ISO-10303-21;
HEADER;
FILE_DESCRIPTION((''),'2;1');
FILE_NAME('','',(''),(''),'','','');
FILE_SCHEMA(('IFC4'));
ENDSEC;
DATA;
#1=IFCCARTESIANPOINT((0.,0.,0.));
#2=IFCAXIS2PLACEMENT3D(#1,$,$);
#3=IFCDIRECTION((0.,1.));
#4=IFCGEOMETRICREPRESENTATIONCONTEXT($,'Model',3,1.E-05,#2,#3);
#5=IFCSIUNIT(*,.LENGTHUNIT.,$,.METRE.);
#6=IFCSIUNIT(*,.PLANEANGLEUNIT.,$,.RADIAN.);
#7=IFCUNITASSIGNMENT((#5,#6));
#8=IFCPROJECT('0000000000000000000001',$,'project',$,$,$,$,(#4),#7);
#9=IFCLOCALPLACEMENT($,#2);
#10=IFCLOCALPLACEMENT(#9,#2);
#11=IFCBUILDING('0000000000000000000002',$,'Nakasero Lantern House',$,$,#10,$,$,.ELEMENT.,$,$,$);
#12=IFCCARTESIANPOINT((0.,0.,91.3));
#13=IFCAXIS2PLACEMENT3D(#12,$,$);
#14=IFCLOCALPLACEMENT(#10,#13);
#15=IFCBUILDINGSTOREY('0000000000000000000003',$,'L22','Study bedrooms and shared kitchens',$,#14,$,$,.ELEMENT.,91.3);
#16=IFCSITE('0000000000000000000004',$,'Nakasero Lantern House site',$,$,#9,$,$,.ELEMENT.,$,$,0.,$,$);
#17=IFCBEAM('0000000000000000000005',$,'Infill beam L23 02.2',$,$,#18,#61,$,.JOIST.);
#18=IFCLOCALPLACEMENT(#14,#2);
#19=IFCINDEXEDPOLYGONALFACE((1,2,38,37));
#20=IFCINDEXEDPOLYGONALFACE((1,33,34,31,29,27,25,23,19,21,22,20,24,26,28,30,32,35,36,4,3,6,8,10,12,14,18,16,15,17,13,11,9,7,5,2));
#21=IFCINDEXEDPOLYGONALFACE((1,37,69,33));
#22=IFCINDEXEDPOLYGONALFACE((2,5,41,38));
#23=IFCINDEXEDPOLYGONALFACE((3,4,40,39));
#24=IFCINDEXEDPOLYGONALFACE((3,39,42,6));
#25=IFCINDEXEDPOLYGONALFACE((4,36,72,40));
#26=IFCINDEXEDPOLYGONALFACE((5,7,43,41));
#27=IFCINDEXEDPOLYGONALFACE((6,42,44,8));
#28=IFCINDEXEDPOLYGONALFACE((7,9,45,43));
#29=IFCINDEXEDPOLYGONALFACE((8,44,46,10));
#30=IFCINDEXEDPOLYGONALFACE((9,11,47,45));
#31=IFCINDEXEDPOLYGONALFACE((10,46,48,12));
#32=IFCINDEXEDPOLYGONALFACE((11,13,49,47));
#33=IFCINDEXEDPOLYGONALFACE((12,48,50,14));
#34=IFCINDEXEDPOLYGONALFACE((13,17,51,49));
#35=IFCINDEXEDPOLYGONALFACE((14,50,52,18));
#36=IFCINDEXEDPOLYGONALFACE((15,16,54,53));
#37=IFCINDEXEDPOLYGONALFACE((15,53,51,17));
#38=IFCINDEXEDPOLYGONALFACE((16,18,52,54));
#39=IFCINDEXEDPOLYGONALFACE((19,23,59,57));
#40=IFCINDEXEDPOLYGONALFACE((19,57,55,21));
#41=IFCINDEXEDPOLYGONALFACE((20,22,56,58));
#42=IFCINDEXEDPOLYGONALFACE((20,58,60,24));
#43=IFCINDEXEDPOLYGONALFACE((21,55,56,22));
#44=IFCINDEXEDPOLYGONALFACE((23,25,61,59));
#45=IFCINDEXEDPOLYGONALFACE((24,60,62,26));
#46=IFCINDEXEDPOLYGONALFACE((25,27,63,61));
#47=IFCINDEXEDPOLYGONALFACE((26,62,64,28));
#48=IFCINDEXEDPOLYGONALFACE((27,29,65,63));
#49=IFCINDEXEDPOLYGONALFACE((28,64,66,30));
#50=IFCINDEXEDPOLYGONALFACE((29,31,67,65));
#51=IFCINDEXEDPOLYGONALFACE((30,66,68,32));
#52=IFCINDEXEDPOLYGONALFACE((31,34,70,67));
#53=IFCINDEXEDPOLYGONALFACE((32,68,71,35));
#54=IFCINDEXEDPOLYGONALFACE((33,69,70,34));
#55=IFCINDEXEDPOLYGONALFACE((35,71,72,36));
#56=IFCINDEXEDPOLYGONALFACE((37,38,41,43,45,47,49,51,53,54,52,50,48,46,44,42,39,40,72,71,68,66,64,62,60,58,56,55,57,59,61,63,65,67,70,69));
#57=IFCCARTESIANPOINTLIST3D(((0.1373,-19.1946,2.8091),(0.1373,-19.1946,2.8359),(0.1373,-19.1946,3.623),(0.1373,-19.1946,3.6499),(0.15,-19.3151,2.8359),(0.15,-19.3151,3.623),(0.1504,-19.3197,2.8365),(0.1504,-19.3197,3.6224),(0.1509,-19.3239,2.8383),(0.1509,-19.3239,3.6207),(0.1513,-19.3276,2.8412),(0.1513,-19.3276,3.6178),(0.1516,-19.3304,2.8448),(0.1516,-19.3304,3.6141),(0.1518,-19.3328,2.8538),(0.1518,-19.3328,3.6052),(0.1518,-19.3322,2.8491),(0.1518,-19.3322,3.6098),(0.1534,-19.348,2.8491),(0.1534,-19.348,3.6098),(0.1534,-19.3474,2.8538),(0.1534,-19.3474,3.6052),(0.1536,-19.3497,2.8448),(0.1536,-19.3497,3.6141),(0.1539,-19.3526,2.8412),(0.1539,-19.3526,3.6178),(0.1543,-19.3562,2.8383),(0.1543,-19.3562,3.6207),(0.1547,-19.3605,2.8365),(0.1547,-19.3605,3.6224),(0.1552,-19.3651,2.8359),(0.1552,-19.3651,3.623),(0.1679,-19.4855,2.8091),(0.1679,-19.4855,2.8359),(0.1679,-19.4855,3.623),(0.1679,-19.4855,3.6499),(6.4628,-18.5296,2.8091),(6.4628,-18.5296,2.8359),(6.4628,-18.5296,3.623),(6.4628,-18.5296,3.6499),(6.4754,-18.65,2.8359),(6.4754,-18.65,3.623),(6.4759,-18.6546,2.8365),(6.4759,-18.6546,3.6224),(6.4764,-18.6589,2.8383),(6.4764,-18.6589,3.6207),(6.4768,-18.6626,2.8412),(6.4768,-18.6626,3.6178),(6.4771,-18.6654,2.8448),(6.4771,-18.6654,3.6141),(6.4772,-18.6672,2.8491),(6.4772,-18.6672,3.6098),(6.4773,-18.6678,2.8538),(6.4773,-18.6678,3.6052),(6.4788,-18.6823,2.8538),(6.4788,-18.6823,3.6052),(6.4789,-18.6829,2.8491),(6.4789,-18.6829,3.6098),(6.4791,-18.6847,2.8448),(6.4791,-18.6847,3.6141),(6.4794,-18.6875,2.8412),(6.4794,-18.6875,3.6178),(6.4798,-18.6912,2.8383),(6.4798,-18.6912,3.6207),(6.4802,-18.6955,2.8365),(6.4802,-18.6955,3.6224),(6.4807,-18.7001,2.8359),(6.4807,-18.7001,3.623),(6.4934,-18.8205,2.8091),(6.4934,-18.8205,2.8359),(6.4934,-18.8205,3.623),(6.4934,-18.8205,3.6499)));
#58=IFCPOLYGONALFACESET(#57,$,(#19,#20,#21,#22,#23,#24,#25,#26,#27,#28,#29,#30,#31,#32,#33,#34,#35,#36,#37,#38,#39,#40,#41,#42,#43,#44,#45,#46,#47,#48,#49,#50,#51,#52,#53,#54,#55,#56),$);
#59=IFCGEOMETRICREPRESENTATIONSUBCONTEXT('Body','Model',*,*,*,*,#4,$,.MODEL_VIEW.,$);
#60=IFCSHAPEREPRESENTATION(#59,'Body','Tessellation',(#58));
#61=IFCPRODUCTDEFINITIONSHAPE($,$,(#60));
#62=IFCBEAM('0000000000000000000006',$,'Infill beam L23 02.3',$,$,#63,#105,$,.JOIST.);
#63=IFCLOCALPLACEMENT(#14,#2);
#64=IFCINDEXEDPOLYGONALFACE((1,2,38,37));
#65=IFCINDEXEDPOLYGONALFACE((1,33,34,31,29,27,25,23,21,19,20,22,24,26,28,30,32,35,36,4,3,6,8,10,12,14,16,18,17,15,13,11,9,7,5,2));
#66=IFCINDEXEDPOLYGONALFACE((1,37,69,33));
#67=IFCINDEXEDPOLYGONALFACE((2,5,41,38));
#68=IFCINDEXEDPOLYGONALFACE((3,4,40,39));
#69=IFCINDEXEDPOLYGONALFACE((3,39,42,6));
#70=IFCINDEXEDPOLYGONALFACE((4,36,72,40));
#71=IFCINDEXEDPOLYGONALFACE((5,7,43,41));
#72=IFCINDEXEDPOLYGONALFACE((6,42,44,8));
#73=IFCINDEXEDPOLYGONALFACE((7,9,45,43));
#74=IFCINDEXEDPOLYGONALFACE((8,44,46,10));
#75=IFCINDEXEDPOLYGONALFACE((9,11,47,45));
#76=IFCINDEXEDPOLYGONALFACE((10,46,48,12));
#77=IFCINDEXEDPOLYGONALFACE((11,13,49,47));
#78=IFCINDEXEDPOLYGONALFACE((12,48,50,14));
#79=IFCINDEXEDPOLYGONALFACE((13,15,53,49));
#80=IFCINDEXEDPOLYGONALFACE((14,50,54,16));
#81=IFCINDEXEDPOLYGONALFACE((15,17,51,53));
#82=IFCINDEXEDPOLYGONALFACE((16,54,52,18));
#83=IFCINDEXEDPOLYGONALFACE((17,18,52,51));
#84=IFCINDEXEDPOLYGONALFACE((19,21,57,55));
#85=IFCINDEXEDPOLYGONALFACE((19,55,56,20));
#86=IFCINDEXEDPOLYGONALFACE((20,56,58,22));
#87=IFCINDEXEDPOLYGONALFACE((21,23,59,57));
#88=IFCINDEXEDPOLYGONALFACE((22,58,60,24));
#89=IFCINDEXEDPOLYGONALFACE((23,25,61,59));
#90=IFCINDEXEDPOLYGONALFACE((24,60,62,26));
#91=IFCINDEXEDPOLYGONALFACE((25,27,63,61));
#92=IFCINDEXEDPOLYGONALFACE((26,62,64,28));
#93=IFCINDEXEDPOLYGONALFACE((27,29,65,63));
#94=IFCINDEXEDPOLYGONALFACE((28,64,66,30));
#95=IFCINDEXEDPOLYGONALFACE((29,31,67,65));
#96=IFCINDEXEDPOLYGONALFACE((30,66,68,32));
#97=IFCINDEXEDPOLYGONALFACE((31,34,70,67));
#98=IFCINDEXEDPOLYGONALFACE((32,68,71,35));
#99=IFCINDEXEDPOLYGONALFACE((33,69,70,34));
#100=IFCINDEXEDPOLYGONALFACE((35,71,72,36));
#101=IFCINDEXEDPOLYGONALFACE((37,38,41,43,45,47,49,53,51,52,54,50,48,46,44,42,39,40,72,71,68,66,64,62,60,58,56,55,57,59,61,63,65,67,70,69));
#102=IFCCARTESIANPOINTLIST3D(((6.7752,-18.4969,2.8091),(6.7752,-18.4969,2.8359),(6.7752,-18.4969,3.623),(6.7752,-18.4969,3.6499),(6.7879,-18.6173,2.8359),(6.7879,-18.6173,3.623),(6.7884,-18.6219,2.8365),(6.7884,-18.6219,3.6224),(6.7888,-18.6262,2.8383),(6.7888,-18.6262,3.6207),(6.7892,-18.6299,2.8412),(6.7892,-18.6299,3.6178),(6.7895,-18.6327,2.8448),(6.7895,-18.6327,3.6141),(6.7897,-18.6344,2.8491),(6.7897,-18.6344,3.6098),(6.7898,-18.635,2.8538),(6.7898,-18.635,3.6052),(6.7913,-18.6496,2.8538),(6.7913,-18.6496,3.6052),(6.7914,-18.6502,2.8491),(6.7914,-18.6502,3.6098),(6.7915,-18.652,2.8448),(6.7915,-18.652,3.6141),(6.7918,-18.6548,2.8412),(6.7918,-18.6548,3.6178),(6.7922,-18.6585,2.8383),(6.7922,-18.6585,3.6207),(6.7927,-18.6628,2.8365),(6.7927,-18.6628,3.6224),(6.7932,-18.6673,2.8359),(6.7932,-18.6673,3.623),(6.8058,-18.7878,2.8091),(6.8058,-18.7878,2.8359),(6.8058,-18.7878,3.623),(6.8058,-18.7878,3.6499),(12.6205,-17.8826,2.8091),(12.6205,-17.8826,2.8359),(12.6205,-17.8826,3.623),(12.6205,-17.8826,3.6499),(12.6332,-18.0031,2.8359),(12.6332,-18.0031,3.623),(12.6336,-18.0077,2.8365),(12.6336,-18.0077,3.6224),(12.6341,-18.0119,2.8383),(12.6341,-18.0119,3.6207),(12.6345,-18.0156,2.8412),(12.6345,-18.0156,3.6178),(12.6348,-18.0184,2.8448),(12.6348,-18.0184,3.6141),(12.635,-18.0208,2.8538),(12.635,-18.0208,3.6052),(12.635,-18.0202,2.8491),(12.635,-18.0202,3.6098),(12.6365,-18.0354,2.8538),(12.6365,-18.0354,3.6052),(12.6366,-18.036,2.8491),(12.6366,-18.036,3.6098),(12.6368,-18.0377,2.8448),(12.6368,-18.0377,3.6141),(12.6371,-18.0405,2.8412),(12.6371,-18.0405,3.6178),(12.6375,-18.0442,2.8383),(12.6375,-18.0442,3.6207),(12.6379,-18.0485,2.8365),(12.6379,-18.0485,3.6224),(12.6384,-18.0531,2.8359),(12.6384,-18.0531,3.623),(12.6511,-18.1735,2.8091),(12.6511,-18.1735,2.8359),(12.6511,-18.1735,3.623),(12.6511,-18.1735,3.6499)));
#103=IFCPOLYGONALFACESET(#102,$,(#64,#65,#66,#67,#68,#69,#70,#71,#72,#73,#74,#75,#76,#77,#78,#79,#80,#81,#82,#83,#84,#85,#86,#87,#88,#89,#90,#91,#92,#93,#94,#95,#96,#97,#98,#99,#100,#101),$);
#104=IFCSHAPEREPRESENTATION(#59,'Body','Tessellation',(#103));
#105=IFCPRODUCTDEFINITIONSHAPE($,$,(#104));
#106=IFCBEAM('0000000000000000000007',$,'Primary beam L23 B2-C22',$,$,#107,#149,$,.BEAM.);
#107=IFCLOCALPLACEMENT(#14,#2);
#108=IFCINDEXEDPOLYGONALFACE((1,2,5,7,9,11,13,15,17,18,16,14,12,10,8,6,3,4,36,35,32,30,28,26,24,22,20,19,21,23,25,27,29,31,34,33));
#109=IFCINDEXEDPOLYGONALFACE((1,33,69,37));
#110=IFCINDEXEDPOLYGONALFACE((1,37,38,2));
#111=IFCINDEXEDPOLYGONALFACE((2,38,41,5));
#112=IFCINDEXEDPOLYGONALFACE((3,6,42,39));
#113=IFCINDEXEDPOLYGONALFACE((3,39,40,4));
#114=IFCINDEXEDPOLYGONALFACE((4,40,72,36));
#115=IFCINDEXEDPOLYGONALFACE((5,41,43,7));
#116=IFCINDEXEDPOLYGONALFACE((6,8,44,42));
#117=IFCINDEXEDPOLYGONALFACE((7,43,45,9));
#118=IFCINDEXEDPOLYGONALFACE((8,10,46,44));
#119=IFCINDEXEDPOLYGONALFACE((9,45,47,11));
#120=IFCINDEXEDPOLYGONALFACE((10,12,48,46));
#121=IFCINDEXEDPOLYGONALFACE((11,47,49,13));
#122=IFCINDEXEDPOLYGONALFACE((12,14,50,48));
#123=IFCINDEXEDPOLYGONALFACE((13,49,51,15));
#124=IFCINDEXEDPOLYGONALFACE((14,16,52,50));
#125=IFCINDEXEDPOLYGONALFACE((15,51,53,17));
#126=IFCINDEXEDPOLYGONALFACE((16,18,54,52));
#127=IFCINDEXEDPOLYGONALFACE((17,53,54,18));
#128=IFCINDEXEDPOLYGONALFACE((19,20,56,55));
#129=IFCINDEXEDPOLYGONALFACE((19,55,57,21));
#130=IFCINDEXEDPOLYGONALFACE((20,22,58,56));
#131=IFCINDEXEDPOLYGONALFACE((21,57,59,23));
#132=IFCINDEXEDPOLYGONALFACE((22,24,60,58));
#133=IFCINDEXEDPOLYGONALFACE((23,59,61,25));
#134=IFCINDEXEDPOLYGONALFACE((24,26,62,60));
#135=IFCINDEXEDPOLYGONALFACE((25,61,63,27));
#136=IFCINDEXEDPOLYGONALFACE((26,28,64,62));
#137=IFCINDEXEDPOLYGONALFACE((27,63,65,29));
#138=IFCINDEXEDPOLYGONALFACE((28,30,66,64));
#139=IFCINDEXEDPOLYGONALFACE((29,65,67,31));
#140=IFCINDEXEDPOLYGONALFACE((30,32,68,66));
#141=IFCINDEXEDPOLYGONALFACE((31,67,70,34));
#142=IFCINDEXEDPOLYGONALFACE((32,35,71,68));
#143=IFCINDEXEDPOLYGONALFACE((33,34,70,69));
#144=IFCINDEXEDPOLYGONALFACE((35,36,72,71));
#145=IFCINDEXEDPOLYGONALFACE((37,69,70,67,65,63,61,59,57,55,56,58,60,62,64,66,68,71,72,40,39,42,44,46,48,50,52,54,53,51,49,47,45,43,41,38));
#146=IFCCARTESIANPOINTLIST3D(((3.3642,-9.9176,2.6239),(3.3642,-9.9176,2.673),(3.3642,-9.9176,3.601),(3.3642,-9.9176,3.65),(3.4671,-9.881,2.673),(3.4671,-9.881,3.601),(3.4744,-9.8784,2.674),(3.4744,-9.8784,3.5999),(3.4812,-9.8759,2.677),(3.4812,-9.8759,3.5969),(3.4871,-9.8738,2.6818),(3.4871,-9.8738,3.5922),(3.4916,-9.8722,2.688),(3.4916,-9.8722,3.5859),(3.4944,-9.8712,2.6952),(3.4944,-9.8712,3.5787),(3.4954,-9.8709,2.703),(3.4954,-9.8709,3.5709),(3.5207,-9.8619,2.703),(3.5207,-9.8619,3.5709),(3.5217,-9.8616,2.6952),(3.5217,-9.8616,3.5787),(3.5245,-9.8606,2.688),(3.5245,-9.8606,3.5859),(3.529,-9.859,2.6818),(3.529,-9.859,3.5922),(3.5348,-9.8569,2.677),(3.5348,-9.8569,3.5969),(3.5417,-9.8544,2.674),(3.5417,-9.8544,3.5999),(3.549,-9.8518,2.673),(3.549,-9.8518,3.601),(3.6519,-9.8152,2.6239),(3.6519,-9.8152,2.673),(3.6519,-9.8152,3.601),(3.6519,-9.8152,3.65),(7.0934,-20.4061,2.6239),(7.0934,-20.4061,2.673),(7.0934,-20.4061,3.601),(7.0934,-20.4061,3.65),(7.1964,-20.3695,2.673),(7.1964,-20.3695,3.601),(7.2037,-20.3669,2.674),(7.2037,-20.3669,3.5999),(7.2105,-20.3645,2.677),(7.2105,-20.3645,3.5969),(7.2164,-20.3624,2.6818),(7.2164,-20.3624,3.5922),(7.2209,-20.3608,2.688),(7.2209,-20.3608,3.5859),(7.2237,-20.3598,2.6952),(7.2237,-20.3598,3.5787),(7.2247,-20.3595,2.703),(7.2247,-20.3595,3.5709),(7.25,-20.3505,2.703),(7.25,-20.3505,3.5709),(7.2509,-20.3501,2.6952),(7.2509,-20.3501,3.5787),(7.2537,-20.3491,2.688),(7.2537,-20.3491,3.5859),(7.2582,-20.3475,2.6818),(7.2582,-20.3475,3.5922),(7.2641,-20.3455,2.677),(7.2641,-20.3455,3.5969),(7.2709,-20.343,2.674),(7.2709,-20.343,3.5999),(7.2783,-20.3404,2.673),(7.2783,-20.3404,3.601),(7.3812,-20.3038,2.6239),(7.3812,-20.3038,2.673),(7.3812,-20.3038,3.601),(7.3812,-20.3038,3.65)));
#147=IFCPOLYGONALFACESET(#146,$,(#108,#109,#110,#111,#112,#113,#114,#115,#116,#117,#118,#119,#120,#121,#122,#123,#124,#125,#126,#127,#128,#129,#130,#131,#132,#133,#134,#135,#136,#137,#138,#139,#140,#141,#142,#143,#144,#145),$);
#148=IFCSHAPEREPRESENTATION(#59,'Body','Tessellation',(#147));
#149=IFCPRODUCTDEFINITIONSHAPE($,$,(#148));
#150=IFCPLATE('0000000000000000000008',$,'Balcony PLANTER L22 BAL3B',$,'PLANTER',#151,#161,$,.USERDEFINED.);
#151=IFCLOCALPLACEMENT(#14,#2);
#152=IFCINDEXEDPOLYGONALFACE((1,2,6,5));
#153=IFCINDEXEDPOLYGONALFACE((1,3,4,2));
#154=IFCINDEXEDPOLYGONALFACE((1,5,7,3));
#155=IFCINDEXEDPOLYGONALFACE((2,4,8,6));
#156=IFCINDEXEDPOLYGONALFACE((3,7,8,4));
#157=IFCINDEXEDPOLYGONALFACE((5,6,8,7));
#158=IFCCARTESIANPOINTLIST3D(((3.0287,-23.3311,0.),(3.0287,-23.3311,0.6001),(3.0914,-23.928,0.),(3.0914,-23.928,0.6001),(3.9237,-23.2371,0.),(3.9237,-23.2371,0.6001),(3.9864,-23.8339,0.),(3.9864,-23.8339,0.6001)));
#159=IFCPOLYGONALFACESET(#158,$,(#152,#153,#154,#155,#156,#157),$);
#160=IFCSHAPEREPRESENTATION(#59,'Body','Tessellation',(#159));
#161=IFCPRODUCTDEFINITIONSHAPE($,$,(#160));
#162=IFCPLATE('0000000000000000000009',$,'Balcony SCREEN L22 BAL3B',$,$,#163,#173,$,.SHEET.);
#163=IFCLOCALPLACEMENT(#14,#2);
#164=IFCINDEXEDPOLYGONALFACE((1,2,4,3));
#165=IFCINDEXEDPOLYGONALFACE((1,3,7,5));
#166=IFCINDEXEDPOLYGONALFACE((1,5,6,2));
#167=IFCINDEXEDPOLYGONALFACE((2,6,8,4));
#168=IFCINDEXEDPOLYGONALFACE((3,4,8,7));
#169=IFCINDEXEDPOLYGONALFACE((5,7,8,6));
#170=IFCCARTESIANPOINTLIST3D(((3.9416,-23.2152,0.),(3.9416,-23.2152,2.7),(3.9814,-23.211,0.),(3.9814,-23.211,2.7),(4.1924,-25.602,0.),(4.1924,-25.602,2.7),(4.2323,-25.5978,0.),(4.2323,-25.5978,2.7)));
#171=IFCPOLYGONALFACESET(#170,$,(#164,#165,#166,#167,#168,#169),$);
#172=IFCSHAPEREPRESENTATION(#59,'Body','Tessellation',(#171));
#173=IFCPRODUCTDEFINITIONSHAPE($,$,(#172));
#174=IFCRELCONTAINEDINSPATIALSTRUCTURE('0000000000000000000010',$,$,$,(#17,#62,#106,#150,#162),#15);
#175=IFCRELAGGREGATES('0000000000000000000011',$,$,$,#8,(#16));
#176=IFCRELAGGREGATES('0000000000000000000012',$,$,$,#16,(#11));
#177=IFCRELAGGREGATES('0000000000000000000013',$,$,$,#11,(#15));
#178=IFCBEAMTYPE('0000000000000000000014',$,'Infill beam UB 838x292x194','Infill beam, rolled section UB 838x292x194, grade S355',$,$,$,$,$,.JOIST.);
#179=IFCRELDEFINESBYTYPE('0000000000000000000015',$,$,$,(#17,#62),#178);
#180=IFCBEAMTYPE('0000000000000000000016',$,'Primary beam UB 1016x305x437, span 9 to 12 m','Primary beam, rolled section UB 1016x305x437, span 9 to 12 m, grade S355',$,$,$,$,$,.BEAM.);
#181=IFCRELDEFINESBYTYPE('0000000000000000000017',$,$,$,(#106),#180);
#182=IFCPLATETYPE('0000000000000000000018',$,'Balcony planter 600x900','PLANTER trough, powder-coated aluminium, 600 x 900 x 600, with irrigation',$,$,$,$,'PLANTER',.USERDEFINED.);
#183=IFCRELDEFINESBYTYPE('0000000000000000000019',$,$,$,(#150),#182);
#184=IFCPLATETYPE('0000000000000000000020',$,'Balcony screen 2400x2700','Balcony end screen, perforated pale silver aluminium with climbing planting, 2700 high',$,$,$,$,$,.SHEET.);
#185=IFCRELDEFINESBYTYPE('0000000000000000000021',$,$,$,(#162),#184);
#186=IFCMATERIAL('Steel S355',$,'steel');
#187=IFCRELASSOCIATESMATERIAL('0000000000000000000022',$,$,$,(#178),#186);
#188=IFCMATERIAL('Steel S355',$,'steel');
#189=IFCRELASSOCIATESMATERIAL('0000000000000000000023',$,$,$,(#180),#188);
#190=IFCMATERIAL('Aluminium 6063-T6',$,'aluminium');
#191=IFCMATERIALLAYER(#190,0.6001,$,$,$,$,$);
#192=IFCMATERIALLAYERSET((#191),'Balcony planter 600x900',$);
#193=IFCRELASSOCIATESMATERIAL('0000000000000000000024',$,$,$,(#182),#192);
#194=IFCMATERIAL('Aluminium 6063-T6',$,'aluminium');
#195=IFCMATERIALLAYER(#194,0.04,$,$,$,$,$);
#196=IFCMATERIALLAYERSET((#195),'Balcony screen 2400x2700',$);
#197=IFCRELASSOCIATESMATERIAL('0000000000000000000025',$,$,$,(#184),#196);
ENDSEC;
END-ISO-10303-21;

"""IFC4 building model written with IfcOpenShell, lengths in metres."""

from ifc_helpers import new_model, si_unit, direction, frame, origin, origin_2d, place, context, subcontext, project, spatial, rectangle, i_section, extrude, material, layer, layer_set, material_profile, profile_set, type_object, element, save


model = new_model("IFC4")

# Units and contexts
model_context = context("Model", 3, precision=1e-05, world=origin(), true_north=direction((0.0, 1.0)))
body_context = subcontext(model_context, "Body", "Model", "MODEL_VIEW")
ifc_project = project(units=[si_unit("LENGTHUNIT", "METRE"), si_unit("PLANEANGLEUNIT", "RADIAN")], contexts=[model_context])

# Site, building, storey
site_placement = place(None, origin())
site = spatial("IfcSite", under=ifc_project, at=site_placement, Name="Nakasero Lantern House site", CompositionType="ELEMENT", RefElevation=0.0)
building_placement = place(site_placement, origin())
building = spatial("IfcBuilding", under=site, at=building_placement, Name="Nakasero Lantern House", CompositionType="ELEMENT")
storey_placement = place(building_placement, frame((0.0, 0.0, 91.3)))
storey = spatial("IfcBuildingStorey", under=building, at=storey_placement, Name="L22", Description="Study bedrooms and shared kitchens", CompositionType="ELEMENT", Elevation=91.3)

# Beams
ifc_material_1 = material(Name="Steel S355", Category="steel")
ifc_material_profile_1 = material_profile(ifc_material_1, i_section(OverallWidth=0.2925, OverallDepth=0.8408, WebThickness=0.0146, FlangeThickness=0.0269, FilletRadius=0.0178, at=origin_2d()), Name="UB 838x292x194")
ifc_profile_set_1 = profile_set([ifc_material_profile_1], Name="Steel S355")
beam_type_1 = type_object("IfcBeamType", Name="Infill beam UB 838x292x194", Description="Infill beam, rolled section UB 838x292x194, grade S355", PredefinedType="JOIST", material=ifc_profile_set_1)
beam_1_placement = place(storey_placement, frame((0.1526, -19.3401, 3.2295), z_axis=(0.994518, 0.104561, 0.0), x_axis=(-0.104561, 0.994518, 0.0)))
element("IfcBeam", 1, at=beam_1_placement, inside=storey, type_object=beam_type_1, Name="Infill beam L23 02.2", PredefinedType="JOIST", context=body_context, shape_type="SweptSolid", body=[
    extrude(i_section(OverallWidth=0.2925, OverallDepth=0.8408, WebThickness=0.0146, FlangeThickness=0.0269, FilletRadius=0.0178, at=origin_2d()), origin(), (0.0, 0.0, 1.0), 6.3604),
])
beam_2_placement = place(storey_placement, frame((6.7905, -18.6423, 3.2295), z_axis=(0.994524, 0.104512, 0.0), x_axis=(-0.104512, 0.994524, 0.0)))
element("IfcBeam", 2, at=beam_2_placement, inside=storey, type_object=beam_type_1, Name="Infill beam L23 02.3", PredefinedType="JOIST", context=body_context, shape_type="SweptSolid", body=[
    extrude(i_section(OverallWidth=0.2925, OverallDepth=0.8408, WebThickness=0.0146, FlangeThickness=0.0269, FilletRadius=0.0178, at=origin_2d()), origin(), (0.0, 0.0, 1.0), 5.8774),
])
ifc_material_2 = material(Name="Steel S355", Category="steel")
ifc_material_profile_2 = material_profile(ifc_material_2, i_section(OverallWidth=0.3054, OverallDepth=1.0261, WebThickness=0.0269, FlangeThickness=0.0491, FilletRadius=0.03, at=origin_2d()), Name="UB 1016x305x437")
ifc_profile_set_2 = profile_set([ifc_material_profile_2], Name="Steel S355")
beam_type_2 = type_object("IfcBeamType", Name="Primary beam UB 1016x305x437, span 9 to 12 m", Description="Primary beam, rolled section UB 1016x305x437, span 9 to 12 m, grade S355", PredefinedType="BEAM", material=ifc_profile_set_2)
beam_3_placement = place(storey_placement, frame((7.2373, -20.355, 3.137), z_axis=(-0.335009, 0.942215, 0.0), x_axis=(-0.942215, -0.335009, 0.0)))
element("IfcBeam", 3, at=beam_3_placement, inside=storey, type_object=beam_type_2, Name="Primary beam L23 B2-C22", PredefinedType="BEAM", context=body_context, shape_type="SweptSolid", body=[
    extrude(i_section(OverallWidth=0.3054, OverallDepth=1.0261, WebThickness=0.0269, FlangeThickness=0.0491, FilletRadius=0.03, at=origin_2d()), origin(), (0.0, 0.0, 1.0), 11.1318),
])

# Plates
ifc_material_3 = material(Name="Aluminium 6063-T6", Category="aluminium")
ifc_layer_1 = layer(ifc_material_3, 0.6001)
ifc_layer_set_1 = layer_set([ifc_layer_1], Name="Balcony planter 600x900")
plate_type_1 = type_object("IfcPlateType", Name="Balcony planter 600x900", Description="PLANTER trough, powder-coated aluminium, 600 x 900 x 600, with irrigation", ElementType="PLANTER", PredefinedType="USERDEFINED", material=ifc_layer_set_1)
plate_1_placement = place(storey_placement, frame((3.5076, -23.5825, 0.0), z_axis=(0.0, 0.0, 1.0), x_axis=(0.104528, -0.994522, 0.0)))
element("IfcPlate", 4, at=plate_1_placement, inside=storey, type_object=plate_type_1, Name="Balcony PLANTER L22 BAL3B", ObjectType="PLANTER", PredefinedType="USERDEFINED", context=body_context, shape_type="SweptSolid", body=[
    extrude(rectangle(XDim=0.6001, YDim=0.8999, at=origin_2d()), origin(), (0.0, 0.0, 1.0), 0.6001),
])
ifc_material_4 = material(Name="Aluminium 6063-T6", Category="aluminium")
ifc_layer_2 = layer(ifc_material_4, 0.04)
ifc_layer_set_2 = layer_set([ifc_layer_2], Name="Balcony screen 2400x2700")
plate_type_2 = type_object("IfcPlateType", Name="Balcony screen 2400x2700", Description="Balcony end screen, perforated pale silver aluminium with climbing planting, 2700 high", PredefinedType="SHEET", material=ifc_layer_set_2)
plate_2_placement = place(storey_placement, frame((4.0869, -24.4065, 0.0), z_axis=(0.0, 0.0, 1.0), x_axis=(0.104528, -0.994522, 0.0)))
element("IfcPlate", 5, at=plate_2_placement, inside=storey, type_object=plate_type_2, Name="Balcony SCREEN L22 BAL3B", PredefinedType="SHEET", context=body_context, shape_type="SweptSolid", body=[
    extrude(rectangle(XDim=2.3999, YDim=0.04, at=origin_2d()), origin(), (0.0, 0.0, 1.0), 2.7),
])

save(model, "model.ifc")
